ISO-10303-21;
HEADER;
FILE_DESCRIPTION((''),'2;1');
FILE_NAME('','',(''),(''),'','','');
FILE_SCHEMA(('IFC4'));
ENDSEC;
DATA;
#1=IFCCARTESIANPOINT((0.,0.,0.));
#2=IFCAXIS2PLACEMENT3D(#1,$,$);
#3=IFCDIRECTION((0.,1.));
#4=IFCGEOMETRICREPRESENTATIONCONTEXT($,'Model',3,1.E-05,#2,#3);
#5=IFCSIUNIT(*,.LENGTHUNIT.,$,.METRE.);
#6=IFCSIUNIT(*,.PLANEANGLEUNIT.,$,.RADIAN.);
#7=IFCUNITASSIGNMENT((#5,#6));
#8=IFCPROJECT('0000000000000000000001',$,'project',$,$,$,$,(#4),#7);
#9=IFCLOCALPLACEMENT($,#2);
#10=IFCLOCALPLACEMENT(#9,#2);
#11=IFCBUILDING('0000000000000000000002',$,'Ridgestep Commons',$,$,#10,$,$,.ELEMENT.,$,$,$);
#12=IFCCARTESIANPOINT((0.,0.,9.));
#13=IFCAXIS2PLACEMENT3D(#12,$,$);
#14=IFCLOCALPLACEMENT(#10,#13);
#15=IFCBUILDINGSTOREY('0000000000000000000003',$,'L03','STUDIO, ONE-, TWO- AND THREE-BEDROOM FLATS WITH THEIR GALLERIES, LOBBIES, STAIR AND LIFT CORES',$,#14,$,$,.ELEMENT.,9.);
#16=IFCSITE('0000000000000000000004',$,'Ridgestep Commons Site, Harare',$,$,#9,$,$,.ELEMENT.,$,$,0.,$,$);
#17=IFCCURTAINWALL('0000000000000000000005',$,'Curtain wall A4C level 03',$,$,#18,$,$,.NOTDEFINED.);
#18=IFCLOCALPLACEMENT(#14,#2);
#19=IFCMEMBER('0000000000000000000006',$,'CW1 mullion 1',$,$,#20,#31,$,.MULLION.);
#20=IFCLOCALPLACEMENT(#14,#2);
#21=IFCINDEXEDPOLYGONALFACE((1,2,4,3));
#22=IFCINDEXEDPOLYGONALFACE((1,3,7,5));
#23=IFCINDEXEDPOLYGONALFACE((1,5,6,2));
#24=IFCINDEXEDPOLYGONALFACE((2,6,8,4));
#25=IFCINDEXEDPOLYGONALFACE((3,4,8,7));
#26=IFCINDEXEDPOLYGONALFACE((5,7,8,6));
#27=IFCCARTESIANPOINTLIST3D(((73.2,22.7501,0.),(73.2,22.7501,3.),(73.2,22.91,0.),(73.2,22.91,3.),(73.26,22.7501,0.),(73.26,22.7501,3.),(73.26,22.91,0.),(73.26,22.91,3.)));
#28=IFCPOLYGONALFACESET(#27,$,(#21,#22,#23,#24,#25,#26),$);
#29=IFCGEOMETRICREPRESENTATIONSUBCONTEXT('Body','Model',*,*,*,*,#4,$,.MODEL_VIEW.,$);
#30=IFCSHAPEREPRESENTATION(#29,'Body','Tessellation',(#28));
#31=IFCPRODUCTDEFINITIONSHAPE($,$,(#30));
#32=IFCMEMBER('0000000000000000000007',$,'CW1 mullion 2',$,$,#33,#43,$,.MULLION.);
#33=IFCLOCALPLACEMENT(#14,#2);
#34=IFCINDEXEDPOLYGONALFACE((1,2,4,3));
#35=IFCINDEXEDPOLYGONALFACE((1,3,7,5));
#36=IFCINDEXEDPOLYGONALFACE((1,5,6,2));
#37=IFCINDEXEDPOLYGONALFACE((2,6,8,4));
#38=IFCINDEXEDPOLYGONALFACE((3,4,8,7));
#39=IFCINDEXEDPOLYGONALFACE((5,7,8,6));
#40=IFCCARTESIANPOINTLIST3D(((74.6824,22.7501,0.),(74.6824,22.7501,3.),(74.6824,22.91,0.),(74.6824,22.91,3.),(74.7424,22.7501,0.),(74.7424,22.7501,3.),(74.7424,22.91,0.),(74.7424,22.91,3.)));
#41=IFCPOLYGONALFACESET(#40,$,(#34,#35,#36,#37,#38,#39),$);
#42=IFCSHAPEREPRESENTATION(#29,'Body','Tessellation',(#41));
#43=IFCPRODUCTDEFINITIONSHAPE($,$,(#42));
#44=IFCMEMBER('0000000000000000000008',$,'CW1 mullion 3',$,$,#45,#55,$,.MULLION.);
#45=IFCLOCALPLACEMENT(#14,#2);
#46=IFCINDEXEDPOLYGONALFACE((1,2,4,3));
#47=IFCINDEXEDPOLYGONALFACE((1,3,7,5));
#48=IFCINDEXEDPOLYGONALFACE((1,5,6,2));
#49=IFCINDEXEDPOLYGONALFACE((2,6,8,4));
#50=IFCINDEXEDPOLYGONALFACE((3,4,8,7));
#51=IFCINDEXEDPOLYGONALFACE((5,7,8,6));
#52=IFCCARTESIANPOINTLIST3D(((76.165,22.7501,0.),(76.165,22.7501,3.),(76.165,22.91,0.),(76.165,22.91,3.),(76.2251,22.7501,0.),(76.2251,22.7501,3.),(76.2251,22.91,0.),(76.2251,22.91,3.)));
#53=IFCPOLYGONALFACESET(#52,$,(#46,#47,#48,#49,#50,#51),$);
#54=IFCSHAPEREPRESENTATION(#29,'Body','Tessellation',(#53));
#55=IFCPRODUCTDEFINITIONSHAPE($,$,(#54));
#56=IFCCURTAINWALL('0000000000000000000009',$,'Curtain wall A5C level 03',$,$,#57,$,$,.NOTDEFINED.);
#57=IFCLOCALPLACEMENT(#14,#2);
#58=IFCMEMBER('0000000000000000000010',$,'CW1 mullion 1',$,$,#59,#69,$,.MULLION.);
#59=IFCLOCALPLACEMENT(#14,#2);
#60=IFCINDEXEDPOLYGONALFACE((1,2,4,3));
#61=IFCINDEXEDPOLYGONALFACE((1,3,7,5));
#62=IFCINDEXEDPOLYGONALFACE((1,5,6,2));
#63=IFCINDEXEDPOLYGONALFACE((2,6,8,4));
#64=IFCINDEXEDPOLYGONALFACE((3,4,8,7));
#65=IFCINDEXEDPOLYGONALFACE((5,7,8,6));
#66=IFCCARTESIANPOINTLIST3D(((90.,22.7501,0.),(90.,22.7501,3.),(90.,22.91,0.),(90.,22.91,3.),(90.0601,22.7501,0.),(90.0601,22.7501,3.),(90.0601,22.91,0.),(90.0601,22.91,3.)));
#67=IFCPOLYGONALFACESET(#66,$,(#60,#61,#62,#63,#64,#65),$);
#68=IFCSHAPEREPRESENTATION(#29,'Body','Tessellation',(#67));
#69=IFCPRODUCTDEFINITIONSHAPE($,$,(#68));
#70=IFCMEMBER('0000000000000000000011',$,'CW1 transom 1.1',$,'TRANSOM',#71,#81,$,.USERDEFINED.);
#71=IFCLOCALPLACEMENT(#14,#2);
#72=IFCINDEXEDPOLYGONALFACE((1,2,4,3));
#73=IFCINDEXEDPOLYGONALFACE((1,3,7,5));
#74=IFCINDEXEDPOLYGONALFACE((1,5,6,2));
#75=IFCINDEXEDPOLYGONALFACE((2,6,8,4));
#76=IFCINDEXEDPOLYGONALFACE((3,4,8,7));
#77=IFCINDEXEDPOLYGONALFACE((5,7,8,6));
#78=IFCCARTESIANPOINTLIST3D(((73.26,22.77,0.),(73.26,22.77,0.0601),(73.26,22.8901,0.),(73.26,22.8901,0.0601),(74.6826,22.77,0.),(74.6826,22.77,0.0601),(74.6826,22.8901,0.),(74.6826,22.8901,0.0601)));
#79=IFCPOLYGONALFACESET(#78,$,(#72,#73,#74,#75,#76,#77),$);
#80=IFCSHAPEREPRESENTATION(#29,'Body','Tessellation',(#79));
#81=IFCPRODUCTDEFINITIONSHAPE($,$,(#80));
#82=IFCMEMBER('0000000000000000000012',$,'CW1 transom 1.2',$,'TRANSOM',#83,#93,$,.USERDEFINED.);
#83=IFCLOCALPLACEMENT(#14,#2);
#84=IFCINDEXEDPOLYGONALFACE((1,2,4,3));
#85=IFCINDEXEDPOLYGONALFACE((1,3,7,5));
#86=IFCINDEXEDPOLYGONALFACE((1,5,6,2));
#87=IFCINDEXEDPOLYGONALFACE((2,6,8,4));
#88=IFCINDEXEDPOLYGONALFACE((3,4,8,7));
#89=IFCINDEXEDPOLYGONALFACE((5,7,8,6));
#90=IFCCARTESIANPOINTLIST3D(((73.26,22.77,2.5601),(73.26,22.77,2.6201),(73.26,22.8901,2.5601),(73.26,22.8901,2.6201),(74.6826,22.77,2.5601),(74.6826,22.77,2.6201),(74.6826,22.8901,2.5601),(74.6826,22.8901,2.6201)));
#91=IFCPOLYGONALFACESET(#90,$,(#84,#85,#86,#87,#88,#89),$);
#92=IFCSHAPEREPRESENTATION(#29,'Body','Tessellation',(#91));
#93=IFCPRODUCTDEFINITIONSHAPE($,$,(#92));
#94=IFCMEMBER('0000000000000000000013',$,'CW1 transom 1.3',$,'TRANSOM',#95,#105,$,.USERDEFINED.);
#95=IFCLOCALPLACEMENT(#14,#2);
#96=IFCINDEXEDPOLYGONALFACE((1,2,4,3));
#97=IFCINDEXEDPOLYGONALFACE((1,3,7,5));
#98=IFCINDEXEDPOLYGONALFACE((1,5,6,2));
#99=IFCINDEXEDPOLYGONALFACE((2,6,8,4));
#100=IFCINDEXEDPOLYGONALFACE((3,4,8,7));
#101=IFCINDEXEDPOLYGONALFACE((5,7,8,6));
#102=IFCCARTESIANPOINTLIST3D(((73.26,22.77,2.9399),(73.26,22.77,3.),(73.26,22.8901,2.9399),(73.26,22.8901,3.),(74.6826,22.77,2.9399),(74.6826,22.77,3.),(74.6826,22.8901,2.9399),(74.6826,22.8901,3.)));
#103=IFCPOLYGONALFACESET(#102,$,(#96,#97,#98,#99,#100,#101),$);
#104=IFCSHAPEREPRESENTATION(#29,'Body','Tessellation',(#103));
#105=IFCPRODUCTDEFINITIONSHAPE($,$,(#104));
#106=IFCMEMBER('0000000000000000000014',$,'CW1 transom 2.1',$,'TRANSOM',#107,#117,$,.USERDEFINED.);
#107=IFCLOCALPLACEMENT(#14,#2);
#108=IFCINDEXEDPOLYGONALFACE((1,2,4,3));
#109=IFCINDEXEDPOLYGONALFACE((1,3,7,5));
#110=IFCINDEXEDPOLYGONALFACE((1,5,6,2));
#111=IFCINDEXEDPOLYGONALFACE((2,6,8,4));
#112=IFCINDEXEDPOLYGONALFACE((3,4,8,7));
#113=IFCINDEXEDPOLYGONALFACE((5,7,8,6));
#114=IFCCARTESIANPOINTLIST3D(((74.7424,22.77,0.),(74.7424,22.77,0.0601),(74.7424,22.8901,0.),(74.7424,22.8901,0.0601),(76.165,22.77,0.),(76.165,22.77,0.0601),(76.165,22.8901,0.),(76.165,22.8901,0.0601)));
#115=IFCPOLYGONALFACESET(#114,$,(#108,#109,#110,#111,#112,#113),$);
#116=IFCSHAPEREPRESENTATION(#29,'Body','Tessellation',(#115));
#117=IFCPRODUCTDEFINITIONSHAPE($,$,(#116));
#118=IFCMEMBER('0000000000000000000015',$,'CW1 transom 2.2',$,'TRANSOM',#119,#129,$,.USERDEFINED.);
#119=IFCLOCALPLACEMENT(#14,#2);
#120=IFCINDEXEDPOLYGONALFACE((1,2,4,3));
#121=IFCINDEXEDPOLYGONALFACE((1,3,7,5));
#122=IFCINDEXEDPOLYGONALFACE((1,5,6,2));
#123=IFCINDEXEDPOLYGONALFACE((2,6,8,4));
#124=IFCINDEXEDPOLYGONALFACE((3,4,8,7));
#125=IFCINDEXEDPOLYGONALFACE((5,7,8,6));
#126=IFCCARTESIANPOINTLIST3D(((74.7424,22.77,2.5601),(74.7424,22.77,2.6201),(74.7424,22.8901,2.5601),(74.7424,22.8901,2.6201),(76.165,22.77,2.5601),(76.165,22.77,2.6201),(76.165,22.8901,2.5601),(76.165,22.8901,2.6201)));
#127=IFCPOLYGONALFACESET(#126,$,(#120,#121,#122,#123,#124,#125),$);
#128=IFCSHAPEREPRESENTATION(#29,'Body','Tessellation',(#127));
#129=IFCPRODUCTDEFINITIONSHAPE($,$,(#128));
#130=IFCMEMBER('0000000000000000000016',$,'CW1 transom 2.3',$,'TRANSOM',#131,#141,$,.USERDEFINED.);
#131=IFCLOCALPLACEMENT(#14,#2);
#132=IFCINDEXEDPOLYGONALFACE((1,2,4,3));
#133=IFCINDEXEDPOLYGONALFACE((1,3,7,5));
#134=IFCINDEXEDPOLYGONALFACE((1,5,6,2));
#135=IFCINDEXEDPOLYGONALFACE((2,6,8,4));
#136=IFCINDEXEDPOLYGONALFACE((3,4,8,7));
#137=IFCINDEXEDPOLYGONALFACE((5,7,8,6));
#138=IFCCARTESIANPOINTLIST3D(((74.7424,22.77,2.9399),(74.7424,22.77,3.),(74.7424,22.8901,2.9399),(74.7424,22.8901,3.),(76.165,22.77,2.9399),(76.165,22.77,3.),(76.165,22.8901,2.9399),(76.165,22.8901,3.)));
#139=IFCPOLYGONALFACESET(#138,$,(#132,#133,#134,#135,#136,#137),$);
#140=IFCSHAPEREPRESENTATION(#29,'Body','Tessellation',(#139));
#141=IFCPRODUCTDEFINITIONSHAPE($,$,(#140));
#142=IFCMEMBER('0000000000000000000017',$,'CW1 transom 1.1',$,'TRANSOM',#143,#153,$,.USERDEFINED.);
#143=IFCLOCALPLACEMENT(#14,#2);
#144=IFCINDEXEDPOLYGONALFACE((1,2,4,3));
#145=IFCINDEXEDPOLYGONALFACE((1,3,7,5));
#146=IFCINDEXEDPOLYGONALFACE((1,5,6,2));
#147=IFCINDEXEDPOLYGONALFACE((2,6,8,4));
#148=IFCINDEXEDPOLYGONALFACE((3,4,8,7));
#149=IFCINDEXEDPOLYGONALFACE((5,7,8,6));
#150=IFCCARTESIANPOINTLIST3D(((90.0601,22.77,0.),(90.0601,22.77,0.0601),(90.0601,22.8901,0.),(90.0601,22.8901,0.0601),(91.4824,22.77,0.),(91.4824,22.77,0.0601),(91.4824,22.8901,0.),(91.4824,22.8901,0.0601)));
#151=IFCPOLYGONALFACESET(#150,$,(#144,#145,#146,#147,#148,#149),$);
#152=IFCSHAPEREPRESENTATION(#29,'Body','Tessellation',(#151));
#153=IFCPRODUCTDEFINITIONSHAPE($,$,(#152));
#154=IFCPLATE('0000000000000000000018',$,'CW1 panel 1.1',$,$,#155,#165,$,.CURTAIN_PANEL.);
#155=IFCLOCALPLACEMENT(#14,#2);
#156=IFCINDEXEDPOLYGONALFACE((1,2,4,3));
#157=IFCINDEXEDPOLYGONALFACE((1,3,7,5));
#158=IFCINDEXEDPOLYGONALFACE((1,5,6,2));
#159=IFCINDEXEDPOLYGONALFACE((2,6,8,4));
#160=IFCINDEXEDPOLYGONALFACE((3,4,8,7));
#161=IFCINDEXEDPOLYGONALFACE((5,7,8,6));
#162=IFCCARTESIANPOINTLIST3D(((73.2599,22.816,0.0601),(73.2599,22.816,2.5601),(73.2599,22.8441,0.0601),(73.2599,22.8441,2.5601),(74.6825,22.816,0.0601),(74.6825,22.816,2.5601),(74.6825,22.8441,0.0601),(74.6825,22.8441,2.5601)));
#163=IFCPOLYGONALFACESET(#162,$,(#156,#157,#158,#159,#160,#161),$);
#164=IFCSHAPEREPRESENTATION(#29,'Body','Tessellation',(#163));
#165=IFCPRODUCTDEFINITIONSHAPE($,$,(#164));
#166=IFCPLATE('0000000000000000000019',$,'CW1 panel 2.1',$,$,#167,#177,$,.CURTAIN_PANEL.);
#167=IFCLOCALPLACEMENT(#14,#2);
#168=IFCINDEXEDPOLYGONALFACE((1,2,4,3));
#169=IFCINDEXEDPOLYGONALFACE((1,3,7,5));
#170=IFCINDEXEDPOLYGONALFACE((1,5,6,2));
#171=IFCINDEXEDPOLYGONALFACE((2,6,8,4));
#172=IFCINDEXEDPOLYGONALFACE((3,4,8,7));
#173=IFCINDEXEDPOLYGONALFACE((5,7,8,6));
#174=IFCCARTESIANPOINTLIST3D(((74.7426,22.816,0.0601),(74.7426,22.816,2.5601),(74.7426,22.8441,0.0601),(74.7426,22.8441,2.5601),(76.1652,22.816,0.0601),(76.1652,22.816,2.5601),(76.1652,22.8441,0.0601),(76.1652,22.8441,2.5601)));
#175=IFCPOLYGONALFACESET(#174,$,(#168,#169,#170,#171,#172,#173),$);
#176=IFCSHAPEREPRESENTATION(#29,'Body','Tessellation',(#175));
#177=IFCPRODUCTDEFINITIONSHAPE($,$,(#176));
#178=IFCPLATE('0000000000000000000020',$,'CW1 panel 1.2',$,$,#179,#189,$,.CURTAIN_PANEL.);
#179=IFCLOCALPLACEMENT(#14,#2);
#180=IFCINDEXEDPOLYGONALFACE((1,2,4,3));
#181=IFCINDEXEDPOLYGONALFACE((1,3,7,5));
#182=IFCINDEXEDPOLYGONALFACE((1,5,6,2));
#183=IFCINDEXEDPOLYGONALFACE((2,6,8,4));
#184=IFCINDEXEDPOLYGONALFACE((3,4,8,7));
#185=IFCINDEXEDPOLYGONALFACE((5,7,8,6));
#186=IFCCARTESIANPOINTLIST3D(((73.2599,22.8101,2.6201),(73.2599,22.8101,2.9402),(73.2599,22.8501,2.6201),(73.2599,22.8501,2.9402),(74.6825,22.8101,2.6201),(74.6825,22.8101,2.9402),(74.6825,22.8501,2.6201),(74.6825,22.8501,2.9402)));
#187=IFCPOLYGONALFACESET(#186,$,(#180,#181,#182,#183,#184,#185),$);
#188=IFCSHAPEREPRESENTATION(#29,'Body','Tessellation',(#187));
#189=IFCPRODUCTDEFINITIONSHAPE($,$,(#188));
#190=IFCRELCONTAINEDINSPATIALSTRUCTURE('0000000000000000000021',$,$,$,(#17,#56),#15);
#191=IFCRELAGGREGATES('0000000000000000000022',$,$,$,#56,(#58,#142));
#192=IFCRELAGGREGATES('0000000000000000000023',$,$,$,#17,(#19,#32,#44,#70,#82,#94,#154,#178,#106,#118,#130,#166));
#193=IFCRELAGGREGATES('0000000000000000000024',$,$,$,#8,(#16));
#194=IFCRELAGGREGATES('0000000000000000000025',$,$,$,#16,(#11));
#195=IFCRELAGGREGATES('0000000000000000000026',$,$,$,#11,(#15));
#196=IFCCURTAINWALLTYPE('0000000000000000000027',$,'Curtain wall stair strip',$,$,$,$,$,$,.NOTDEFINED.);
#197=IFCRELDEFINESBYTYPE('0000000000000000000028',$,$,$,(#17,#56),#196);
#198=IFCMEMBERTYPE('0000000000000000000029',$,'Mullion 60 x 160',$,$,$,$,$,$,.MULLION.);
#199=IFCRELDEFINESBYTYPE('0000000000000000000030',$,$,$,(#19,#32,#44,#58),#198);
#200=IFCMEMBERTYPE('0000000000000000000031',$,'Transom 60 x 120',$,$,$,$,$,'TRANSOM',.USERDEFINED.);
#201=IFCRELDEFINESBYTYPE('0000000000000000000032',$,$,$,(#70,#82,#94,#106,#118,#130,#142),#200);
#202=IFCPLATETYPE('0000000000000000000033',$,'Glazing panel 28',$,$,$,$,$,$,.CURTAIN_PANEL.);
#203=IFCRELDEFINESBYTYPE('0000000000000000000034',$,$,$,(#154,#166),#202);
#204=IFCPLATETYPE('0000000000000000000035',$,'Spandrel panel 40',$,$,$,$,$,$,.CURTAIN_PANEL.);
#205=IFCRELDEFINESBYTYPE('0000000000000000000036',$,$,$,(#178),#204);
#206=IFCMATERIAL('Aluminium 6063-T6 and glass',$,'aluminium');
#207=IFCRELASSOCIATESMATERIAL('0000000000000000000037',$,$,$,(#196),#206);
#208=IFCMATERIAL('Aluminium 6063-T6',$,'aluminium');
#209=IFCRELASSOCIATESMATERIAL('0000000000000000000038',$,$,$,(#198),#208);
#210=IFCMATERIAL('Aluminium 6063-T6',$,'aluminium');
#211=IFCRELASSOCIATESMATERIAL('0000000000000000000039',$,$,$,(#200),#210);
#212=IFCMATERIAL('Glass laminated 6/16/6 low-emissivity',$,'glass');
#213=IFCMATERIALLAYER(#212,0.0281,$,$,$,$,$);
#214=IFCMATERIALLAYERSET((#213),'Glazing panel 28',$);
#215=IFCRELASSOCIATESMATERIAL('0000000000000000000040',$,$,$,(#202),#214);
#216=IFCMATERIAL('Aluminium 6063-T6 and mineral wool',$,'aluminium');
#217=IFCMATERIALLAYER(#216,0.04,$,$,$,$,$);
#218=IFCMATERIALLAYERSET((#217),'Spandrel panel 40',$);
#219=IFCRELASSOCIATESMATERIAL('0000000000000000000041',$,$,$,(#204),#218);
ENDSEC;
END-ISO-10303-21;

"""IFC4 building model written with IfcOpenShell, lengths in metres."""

from ifc_helpers import new_model, si_unit, direction, frame, origin, origin_2d, place, context, subcontext, project, spatial, rectangle, extrude, material, layer, layer_set, material_profile, profile_set, type_object, element, aggregate, save


model = new_model("IFC4")

# Units and contexts
model_context = context("Model", 3, precision=1e-05, world=origin(), true_north=direction((0.0, 1.0)))
body_context = subcontext(model_context, "Body", "Model", "MODEL_VIEW")
ifc_project = project(units=[si_unit("LENGTHUNIT", "METRE"), si_unit("PLANEANGLEUNIT", "RADIAN")], contexts=[model_context])

# Site, building, storey
site_placement = place(None, origin())
site = spatial("IfcSite", under=ifc_project, at=site_placement, Name="Ridgestep Commons Site, Harare", CompositionType="ELEMENT", RefElevation=0.0)
building_placement = place(site_placement, origin())
building = spatial("IfcBuilding", under=site, at=building_placement, Name="Ridgestep Commons", CompositionType="ELEMENT")
storey_placement = place(building_placement, frame((0.0, 0.0, 9.0)))
storey = spatial("IfcBuildingStorey", under=building, at=storey_placement, Name="L03", Description="STUDIO, ONE-, TWO- AND THREE-BEDROOM FLATS WITH THEIR GALLERIES, LOBBIES, STAIR AND LIFT CORES", CompositionType="ELEMENT", Elevation=9.0)

# Curtain wall, members
ifc_material_1 = material(Name="Aluminium 6063-T6 and glass", Category="aluminium")
curtain_wall_type = type_object("IfcCurtainWallType", Name="Curtain wall stair strip", PredefinedType="NOTDEFINED", material=ifc_material_1)
curtain_wall_1_placement = place(storey_placement, origin())
curtain_wall_1 = element("IfcCurtainWall", 1, at=curtain_wall_1_placement, inside=storey, type_object=curtain_wall_type, Name="Curtain wall A4C level 03", PredefinedType="NOTDEFINED")
ifc_material_2 = material(Name="Aluminium 6063-T6", Category="aluminium")
ifc_material_profile_1 = material_profile(ifc_material_2, rectangle(XDim=0.1599, YDim=0.0601, at=origin_2d()), Name="Mullion 60 x 160")
ifc_profile_set_1 = profile_set([ifc_material_profile_1], Name="Aluminium 6063-T6")
member_type_1 = type_object("IfcMemberType", Name="Mullion 60 x 160", PredefinedType="MULLION", material=ifc_profile_set_1)
member_1_placement = place(storey_placement, frame((73.23, 22.8301, 0.0), z_axis=(0.0, 0.0, 1.0), x_axis=(0.0, 1.0, 0.0)))
member_1 = element("IfcMember", 2, at=member_1_placement, type_object=member_type_1, Name="CW1 mullion 1", PredefinedType="MULLION", context=body_context, shape_type="SweptSolid", body=[
    extrude(rectangle(XDim=0.1599, YDim=0.0601, at=origin_2d()), origin(), (0.0, 0.0, 1.0), 3.0),
])
member_2_placement = place(storey_placement, frame((74.7124, 22.8301, 0.0), z_axis=(0.0, 0.0, 1.0), x_axis=(0.0, 1.0, 0.0)))
member_2 = element("IfcMember", 3, at=member_2_placement, type_object=member_type_1, Name="CW1 mullion 2", PredefinedType="MULLION", context=body_context, shape_type="SweptSolid", body=[
    extrude(rectangle(XDim=0.1599, YDim=0.0601, at=origin_2d()), origin(), (0.0, 0.0, 1.0), 3.0),
])
member_3_placement = place(storey_placement, frame((76.1951, 22.8301, 0.0), z_axis=(0.0, 0.0, 1.0), x_axis=(0.0, 1.0, 0.0)))
member_3 = element("IfcMember", 4, at=member_3_placement, type_object=member_type_1, Name="CW1 mullion 3", PredefinedType="MULLION", context=body_context, shape_type="SweptSolid", body=[
    extrude(rectangle(XDim=0.1599, YDim=0.0601, at=origin_2d()), origin(), (0.0, 0.0, 1.0), 3.0),
])

# Curtain wall, member
curtain_wall_2_placement = place(storey_placement, origin())
curtain_wall_2 = element("IfcCurtainWall", 5, at=curtain_wall_2_placement, inside=storey, type_object=curtain_wall_type, Name="Curtain wall A5C level 03", PredefinedType="NOTDEFINED")
member_4_placement = place(storey_placement, frame((90.03, 22.8301, 0.0), z_axis=(0.0, 0.0, 1.0), x_axis=(0.0, 1.0, 0.0)))
member_4 = element("IfcMember", 6, at=member_4_placement, type_object=member_type_1, Name="CW1 mullion 1", PredefinedType="MULLION", context=body_context, shape_type="SweptSolid", body=[
    extrude(rectangle(XDim=0.1599, YDim=0.0601, at=origin_2d()), origin(), (0.0, 0.0, 1.0), 3.0),
])

# Members
ifc_material_3 = material(Name="Aluminium 6063-T6", Category="aluminium")
ifc_material_profile_2 = material_profile(ifc_material_3, rectangle(XDim=0.1201, YDim=0.0601, at=origin_2d()), Name="Transom 60 x 120")
ifc_profile_set_2 = profile_set([ifc_material_profile_2], Name="Aluminium 6063-T6")
member_type_2 = type_object("IfcMemberType", Name="Transom 60 x 120", ElementType="TRANSOM", PredefinedType="USERDEFINED", material=ifc_profile_set_2)
member_5_placement = place(storey_placement, frame((73.26, 22.8301, 0.03), z_axis=(1.0, 0.0, 0.0), x_axis=(0.0, 1.0, 0.0)))
member_5 = element("IfcMember", 7, at=member_5_placement, type_object=member_type_2, Name="CW1 transom 1.1", ObjectType="TRANSOM", PredefinedType="USERDEFINED", context=body_context, shape_type="SweptSolid", body=[
    extrude(rectangle(XDim=0.1201, YDim=0.0601, at=origin_2d()), origin(), (0.0, 0.0, 1.0), 1.4226),
])
member_6_placement = place(storey_placement, frame((73.26, 22.8301, 2.5901), z_axis=(1.0, 0.0, 0.0), x_axis=(0.0, 1.0, 0.0)))
member_6 = element("IfcMember", 8, at=member_6_placement, type_object=member_type_2, Name="CW1 transom 1.2", ObjectType="TRANSOM", PredefinedType="USERDEFINED", context=body_context, shape_type="SweptSolid", body=[
    extrude(rectangle(XDim=0.1201, YDim=0.0601, at=origin_2d()), origin(), (0.0, 0.0, 1.0), 1.4226),
])
member_7_placement = place(storey_placement, frame((73.26, 22.8301, 2.97), z_axis=(1.0, 0.0, 0.0), x_axis=(0.0, 1.0, 0.0)))
member_7 = element("IfcMember", 9, at=member_7_placement, type_object=member_type_2, Name="CW1 transom 1.3", ObjectType="TRANSOM", PredefinedType="USERDEFINED", context=body_context, shape_type="SweptSolid", body=[
    extrude(rectangle(XDim=0.1201, YDim=0.0601, at=origin_2d()), origin(), (0.0, 0.0, 1.0), 1.4226),
])
member_8_placement = place(storey_placement, frame((74.7424, 22.8301, 0.03), z_axis=(1.0, 0.0, 0.0), x_axis=(0.0, 1.0, 0.0)))
member_8 = element("IfcMember", 10, at=member_8_placement, type_object=member_type_2, Name="CW1 transom 2.1", ObjectType="TRANSOM", PredefinedType="USERDEFINED", context=body_context, shape_type="SweptSolid", body=[
    extrude(rectangle(XDim=0.1201, YDim=0.0601, at=origin_2d()), origin(), (0.0, 0.0, 1.0), 1.4226),
])
member_9_placement = place(storey_placement, frame((74.7424, 22.8301, 2.5901), z_axis=(1.0, 0.0, 0.0), x_axis=(0.0, 1.0, 0.0)))
member_9 = element("IfcMember", 11, at=member_9_placement, type_object=member_type_2, Name="CW1 transom 2.2", ObjectType="TRANSOM", PredefinedType="USERDEFINED", context=body_context, shape_type="SweptSolid", body=[
    extrude(rectangle(XDim=0.1201, YDim=0.0601, at=origin_2d()), origin(), (0.0, 0.0, 1.0), 1.4226),
])
member_10_placement = place(storey_placement, frame((74.7424, 22.8301, 2.97), z_axis=(1.0, 0.0, 0.0), x_axis=(0.0, 1.0, 0.0)))
member_10 = element("IfcMember", 12, at=member_10_placement, type_object=member_type_2, Name="CW1 transom 2.3", ObjectType="TRANSOM", PredefinedType="USERDEFINED", context=body_context, shape_type="SweptSolid", body=[
    extrude(rectangle(XDim=0.1201, YDim=0.0601, at=origin_2d()), origin(), (0.0, 0.0, 1.0), 1.4226),
])
member_11_placement = place(storey_placement, frame((90.0601, 22.8301, 0.03), z_axis=(1.0, 0.0, 0.0), x_axis=(0.0, 1.0, 0.0)))
member_11 = element("IfcMember", 13, at=member_11_placement, type_object=member_type_2, Name="CW1 transom 1.1", ObjectType="TRANSOM", PredefinedType="USERDEFINED", context=body_context, shape_type="SweptSolid", body=[
    extrude(rectangle(XDim=0.1201, YDim=0.0601, at=origin_2d()), origin(), (0.0, 0.0, 1.0), 1.4224),
])
aggregate(curtain_wall_2, [member_4, member_11])

# Plates
ifc_material_4 = material(Name="Glass laminated 6/16/6 low-emissivity", Category="glass")
ifc_layer_1 = layer(ifc_material_4, 0.0281)
ifc_layer_set_1 = layer_set([ifc_layer_1], Name="Glazing panel 28")
plate_type_1 = type_object("IfcPlateType", Name="Glazing panel 28", PredefinedType="CURTAIN_PANEL", material=ifc_layer_set_1)
plate_1_placement = place(storey_placement, frame((73.9712, 22.8301, 0.0601), z_axis=(0.0, 0.0, 1.0), x_axis=(1.0, 0.0, 0.0)))
plate_1 = element("IfcPlate", 14, at=plate_1_placement, type_object=plate_type_1, Name="CW1 panel 1.1", PredefinedType="CURTAIN_PANEL", context=body_context, shape_type="SweptSolid", body=[
    extrude(rectangle(XDim=1.4226, YDim=0.0281, at=origin_2d()), origin(), (0.0, 0.0, 1.0), 2.5),
])
plate_2_placement = place(storey_placement, frame((75.4539, 22.8301, 0.0601), z_axis=(0.0, 0.0, 1.0), x_axis=(1.0, 0.0, 0.0)))
plate_2 = element("IfcPlate", 15, at=plate_2_placement, type_object=plate_type_1, Name="CW1 panel 2.1", PredefinedType="CURTAIN_PANEL", context=body_context, shape_type="SweptSolid", body=[
    extrude(rectangle(XDim=1.4226, YDim=0.0281, at=origin_2d()), origin(), (0.0, 0.0, 1.0), 2.5),
])
ifc_material_5 = material(Name="Aluminium 6063-T6 and mineral wool", Category="aluminium")
ifc_layer_2 = layer(ifc_material_5, 0.04)
ifc_layer_set_2 = layer_set([ifc_layer_2], Name="Spandrel panel 40")
plate_type_2 = type_object("IfcPlateType", Name="Spandrel panel 40", PredefinedType="CURTAIN_PANEL", material=ifc_layer_set_2)
plate_3_placement = place(storey_placement, frame((73.9712, 22.8301, 2.6201), z_axis=(0.0, 0.0, 1.0), x_axis=(1.0, 0.0, 0.0)))
plate_3 = element("IfcPlate", 16, at=plate_3_placement, type_object=plate_type_2, Name="CW1 panel 1.2", PredefinedType="CURTAIN_PANEL", context=body_context, shape_type="SweptSolid", body=[
    extrude(rectangle(XDim=1.4226, YDim=0.04, at=origin_2d()), origin(), (0.0, 0.0, 1.0), 0.3201),
])
aggregate(curtain_wall_1, [member_1, member_2, member_3, member_5, member_6, member_7, plate_1, plate_3, member_8, member_9, member_10, plate_2])

save(model, "model.ifc")
